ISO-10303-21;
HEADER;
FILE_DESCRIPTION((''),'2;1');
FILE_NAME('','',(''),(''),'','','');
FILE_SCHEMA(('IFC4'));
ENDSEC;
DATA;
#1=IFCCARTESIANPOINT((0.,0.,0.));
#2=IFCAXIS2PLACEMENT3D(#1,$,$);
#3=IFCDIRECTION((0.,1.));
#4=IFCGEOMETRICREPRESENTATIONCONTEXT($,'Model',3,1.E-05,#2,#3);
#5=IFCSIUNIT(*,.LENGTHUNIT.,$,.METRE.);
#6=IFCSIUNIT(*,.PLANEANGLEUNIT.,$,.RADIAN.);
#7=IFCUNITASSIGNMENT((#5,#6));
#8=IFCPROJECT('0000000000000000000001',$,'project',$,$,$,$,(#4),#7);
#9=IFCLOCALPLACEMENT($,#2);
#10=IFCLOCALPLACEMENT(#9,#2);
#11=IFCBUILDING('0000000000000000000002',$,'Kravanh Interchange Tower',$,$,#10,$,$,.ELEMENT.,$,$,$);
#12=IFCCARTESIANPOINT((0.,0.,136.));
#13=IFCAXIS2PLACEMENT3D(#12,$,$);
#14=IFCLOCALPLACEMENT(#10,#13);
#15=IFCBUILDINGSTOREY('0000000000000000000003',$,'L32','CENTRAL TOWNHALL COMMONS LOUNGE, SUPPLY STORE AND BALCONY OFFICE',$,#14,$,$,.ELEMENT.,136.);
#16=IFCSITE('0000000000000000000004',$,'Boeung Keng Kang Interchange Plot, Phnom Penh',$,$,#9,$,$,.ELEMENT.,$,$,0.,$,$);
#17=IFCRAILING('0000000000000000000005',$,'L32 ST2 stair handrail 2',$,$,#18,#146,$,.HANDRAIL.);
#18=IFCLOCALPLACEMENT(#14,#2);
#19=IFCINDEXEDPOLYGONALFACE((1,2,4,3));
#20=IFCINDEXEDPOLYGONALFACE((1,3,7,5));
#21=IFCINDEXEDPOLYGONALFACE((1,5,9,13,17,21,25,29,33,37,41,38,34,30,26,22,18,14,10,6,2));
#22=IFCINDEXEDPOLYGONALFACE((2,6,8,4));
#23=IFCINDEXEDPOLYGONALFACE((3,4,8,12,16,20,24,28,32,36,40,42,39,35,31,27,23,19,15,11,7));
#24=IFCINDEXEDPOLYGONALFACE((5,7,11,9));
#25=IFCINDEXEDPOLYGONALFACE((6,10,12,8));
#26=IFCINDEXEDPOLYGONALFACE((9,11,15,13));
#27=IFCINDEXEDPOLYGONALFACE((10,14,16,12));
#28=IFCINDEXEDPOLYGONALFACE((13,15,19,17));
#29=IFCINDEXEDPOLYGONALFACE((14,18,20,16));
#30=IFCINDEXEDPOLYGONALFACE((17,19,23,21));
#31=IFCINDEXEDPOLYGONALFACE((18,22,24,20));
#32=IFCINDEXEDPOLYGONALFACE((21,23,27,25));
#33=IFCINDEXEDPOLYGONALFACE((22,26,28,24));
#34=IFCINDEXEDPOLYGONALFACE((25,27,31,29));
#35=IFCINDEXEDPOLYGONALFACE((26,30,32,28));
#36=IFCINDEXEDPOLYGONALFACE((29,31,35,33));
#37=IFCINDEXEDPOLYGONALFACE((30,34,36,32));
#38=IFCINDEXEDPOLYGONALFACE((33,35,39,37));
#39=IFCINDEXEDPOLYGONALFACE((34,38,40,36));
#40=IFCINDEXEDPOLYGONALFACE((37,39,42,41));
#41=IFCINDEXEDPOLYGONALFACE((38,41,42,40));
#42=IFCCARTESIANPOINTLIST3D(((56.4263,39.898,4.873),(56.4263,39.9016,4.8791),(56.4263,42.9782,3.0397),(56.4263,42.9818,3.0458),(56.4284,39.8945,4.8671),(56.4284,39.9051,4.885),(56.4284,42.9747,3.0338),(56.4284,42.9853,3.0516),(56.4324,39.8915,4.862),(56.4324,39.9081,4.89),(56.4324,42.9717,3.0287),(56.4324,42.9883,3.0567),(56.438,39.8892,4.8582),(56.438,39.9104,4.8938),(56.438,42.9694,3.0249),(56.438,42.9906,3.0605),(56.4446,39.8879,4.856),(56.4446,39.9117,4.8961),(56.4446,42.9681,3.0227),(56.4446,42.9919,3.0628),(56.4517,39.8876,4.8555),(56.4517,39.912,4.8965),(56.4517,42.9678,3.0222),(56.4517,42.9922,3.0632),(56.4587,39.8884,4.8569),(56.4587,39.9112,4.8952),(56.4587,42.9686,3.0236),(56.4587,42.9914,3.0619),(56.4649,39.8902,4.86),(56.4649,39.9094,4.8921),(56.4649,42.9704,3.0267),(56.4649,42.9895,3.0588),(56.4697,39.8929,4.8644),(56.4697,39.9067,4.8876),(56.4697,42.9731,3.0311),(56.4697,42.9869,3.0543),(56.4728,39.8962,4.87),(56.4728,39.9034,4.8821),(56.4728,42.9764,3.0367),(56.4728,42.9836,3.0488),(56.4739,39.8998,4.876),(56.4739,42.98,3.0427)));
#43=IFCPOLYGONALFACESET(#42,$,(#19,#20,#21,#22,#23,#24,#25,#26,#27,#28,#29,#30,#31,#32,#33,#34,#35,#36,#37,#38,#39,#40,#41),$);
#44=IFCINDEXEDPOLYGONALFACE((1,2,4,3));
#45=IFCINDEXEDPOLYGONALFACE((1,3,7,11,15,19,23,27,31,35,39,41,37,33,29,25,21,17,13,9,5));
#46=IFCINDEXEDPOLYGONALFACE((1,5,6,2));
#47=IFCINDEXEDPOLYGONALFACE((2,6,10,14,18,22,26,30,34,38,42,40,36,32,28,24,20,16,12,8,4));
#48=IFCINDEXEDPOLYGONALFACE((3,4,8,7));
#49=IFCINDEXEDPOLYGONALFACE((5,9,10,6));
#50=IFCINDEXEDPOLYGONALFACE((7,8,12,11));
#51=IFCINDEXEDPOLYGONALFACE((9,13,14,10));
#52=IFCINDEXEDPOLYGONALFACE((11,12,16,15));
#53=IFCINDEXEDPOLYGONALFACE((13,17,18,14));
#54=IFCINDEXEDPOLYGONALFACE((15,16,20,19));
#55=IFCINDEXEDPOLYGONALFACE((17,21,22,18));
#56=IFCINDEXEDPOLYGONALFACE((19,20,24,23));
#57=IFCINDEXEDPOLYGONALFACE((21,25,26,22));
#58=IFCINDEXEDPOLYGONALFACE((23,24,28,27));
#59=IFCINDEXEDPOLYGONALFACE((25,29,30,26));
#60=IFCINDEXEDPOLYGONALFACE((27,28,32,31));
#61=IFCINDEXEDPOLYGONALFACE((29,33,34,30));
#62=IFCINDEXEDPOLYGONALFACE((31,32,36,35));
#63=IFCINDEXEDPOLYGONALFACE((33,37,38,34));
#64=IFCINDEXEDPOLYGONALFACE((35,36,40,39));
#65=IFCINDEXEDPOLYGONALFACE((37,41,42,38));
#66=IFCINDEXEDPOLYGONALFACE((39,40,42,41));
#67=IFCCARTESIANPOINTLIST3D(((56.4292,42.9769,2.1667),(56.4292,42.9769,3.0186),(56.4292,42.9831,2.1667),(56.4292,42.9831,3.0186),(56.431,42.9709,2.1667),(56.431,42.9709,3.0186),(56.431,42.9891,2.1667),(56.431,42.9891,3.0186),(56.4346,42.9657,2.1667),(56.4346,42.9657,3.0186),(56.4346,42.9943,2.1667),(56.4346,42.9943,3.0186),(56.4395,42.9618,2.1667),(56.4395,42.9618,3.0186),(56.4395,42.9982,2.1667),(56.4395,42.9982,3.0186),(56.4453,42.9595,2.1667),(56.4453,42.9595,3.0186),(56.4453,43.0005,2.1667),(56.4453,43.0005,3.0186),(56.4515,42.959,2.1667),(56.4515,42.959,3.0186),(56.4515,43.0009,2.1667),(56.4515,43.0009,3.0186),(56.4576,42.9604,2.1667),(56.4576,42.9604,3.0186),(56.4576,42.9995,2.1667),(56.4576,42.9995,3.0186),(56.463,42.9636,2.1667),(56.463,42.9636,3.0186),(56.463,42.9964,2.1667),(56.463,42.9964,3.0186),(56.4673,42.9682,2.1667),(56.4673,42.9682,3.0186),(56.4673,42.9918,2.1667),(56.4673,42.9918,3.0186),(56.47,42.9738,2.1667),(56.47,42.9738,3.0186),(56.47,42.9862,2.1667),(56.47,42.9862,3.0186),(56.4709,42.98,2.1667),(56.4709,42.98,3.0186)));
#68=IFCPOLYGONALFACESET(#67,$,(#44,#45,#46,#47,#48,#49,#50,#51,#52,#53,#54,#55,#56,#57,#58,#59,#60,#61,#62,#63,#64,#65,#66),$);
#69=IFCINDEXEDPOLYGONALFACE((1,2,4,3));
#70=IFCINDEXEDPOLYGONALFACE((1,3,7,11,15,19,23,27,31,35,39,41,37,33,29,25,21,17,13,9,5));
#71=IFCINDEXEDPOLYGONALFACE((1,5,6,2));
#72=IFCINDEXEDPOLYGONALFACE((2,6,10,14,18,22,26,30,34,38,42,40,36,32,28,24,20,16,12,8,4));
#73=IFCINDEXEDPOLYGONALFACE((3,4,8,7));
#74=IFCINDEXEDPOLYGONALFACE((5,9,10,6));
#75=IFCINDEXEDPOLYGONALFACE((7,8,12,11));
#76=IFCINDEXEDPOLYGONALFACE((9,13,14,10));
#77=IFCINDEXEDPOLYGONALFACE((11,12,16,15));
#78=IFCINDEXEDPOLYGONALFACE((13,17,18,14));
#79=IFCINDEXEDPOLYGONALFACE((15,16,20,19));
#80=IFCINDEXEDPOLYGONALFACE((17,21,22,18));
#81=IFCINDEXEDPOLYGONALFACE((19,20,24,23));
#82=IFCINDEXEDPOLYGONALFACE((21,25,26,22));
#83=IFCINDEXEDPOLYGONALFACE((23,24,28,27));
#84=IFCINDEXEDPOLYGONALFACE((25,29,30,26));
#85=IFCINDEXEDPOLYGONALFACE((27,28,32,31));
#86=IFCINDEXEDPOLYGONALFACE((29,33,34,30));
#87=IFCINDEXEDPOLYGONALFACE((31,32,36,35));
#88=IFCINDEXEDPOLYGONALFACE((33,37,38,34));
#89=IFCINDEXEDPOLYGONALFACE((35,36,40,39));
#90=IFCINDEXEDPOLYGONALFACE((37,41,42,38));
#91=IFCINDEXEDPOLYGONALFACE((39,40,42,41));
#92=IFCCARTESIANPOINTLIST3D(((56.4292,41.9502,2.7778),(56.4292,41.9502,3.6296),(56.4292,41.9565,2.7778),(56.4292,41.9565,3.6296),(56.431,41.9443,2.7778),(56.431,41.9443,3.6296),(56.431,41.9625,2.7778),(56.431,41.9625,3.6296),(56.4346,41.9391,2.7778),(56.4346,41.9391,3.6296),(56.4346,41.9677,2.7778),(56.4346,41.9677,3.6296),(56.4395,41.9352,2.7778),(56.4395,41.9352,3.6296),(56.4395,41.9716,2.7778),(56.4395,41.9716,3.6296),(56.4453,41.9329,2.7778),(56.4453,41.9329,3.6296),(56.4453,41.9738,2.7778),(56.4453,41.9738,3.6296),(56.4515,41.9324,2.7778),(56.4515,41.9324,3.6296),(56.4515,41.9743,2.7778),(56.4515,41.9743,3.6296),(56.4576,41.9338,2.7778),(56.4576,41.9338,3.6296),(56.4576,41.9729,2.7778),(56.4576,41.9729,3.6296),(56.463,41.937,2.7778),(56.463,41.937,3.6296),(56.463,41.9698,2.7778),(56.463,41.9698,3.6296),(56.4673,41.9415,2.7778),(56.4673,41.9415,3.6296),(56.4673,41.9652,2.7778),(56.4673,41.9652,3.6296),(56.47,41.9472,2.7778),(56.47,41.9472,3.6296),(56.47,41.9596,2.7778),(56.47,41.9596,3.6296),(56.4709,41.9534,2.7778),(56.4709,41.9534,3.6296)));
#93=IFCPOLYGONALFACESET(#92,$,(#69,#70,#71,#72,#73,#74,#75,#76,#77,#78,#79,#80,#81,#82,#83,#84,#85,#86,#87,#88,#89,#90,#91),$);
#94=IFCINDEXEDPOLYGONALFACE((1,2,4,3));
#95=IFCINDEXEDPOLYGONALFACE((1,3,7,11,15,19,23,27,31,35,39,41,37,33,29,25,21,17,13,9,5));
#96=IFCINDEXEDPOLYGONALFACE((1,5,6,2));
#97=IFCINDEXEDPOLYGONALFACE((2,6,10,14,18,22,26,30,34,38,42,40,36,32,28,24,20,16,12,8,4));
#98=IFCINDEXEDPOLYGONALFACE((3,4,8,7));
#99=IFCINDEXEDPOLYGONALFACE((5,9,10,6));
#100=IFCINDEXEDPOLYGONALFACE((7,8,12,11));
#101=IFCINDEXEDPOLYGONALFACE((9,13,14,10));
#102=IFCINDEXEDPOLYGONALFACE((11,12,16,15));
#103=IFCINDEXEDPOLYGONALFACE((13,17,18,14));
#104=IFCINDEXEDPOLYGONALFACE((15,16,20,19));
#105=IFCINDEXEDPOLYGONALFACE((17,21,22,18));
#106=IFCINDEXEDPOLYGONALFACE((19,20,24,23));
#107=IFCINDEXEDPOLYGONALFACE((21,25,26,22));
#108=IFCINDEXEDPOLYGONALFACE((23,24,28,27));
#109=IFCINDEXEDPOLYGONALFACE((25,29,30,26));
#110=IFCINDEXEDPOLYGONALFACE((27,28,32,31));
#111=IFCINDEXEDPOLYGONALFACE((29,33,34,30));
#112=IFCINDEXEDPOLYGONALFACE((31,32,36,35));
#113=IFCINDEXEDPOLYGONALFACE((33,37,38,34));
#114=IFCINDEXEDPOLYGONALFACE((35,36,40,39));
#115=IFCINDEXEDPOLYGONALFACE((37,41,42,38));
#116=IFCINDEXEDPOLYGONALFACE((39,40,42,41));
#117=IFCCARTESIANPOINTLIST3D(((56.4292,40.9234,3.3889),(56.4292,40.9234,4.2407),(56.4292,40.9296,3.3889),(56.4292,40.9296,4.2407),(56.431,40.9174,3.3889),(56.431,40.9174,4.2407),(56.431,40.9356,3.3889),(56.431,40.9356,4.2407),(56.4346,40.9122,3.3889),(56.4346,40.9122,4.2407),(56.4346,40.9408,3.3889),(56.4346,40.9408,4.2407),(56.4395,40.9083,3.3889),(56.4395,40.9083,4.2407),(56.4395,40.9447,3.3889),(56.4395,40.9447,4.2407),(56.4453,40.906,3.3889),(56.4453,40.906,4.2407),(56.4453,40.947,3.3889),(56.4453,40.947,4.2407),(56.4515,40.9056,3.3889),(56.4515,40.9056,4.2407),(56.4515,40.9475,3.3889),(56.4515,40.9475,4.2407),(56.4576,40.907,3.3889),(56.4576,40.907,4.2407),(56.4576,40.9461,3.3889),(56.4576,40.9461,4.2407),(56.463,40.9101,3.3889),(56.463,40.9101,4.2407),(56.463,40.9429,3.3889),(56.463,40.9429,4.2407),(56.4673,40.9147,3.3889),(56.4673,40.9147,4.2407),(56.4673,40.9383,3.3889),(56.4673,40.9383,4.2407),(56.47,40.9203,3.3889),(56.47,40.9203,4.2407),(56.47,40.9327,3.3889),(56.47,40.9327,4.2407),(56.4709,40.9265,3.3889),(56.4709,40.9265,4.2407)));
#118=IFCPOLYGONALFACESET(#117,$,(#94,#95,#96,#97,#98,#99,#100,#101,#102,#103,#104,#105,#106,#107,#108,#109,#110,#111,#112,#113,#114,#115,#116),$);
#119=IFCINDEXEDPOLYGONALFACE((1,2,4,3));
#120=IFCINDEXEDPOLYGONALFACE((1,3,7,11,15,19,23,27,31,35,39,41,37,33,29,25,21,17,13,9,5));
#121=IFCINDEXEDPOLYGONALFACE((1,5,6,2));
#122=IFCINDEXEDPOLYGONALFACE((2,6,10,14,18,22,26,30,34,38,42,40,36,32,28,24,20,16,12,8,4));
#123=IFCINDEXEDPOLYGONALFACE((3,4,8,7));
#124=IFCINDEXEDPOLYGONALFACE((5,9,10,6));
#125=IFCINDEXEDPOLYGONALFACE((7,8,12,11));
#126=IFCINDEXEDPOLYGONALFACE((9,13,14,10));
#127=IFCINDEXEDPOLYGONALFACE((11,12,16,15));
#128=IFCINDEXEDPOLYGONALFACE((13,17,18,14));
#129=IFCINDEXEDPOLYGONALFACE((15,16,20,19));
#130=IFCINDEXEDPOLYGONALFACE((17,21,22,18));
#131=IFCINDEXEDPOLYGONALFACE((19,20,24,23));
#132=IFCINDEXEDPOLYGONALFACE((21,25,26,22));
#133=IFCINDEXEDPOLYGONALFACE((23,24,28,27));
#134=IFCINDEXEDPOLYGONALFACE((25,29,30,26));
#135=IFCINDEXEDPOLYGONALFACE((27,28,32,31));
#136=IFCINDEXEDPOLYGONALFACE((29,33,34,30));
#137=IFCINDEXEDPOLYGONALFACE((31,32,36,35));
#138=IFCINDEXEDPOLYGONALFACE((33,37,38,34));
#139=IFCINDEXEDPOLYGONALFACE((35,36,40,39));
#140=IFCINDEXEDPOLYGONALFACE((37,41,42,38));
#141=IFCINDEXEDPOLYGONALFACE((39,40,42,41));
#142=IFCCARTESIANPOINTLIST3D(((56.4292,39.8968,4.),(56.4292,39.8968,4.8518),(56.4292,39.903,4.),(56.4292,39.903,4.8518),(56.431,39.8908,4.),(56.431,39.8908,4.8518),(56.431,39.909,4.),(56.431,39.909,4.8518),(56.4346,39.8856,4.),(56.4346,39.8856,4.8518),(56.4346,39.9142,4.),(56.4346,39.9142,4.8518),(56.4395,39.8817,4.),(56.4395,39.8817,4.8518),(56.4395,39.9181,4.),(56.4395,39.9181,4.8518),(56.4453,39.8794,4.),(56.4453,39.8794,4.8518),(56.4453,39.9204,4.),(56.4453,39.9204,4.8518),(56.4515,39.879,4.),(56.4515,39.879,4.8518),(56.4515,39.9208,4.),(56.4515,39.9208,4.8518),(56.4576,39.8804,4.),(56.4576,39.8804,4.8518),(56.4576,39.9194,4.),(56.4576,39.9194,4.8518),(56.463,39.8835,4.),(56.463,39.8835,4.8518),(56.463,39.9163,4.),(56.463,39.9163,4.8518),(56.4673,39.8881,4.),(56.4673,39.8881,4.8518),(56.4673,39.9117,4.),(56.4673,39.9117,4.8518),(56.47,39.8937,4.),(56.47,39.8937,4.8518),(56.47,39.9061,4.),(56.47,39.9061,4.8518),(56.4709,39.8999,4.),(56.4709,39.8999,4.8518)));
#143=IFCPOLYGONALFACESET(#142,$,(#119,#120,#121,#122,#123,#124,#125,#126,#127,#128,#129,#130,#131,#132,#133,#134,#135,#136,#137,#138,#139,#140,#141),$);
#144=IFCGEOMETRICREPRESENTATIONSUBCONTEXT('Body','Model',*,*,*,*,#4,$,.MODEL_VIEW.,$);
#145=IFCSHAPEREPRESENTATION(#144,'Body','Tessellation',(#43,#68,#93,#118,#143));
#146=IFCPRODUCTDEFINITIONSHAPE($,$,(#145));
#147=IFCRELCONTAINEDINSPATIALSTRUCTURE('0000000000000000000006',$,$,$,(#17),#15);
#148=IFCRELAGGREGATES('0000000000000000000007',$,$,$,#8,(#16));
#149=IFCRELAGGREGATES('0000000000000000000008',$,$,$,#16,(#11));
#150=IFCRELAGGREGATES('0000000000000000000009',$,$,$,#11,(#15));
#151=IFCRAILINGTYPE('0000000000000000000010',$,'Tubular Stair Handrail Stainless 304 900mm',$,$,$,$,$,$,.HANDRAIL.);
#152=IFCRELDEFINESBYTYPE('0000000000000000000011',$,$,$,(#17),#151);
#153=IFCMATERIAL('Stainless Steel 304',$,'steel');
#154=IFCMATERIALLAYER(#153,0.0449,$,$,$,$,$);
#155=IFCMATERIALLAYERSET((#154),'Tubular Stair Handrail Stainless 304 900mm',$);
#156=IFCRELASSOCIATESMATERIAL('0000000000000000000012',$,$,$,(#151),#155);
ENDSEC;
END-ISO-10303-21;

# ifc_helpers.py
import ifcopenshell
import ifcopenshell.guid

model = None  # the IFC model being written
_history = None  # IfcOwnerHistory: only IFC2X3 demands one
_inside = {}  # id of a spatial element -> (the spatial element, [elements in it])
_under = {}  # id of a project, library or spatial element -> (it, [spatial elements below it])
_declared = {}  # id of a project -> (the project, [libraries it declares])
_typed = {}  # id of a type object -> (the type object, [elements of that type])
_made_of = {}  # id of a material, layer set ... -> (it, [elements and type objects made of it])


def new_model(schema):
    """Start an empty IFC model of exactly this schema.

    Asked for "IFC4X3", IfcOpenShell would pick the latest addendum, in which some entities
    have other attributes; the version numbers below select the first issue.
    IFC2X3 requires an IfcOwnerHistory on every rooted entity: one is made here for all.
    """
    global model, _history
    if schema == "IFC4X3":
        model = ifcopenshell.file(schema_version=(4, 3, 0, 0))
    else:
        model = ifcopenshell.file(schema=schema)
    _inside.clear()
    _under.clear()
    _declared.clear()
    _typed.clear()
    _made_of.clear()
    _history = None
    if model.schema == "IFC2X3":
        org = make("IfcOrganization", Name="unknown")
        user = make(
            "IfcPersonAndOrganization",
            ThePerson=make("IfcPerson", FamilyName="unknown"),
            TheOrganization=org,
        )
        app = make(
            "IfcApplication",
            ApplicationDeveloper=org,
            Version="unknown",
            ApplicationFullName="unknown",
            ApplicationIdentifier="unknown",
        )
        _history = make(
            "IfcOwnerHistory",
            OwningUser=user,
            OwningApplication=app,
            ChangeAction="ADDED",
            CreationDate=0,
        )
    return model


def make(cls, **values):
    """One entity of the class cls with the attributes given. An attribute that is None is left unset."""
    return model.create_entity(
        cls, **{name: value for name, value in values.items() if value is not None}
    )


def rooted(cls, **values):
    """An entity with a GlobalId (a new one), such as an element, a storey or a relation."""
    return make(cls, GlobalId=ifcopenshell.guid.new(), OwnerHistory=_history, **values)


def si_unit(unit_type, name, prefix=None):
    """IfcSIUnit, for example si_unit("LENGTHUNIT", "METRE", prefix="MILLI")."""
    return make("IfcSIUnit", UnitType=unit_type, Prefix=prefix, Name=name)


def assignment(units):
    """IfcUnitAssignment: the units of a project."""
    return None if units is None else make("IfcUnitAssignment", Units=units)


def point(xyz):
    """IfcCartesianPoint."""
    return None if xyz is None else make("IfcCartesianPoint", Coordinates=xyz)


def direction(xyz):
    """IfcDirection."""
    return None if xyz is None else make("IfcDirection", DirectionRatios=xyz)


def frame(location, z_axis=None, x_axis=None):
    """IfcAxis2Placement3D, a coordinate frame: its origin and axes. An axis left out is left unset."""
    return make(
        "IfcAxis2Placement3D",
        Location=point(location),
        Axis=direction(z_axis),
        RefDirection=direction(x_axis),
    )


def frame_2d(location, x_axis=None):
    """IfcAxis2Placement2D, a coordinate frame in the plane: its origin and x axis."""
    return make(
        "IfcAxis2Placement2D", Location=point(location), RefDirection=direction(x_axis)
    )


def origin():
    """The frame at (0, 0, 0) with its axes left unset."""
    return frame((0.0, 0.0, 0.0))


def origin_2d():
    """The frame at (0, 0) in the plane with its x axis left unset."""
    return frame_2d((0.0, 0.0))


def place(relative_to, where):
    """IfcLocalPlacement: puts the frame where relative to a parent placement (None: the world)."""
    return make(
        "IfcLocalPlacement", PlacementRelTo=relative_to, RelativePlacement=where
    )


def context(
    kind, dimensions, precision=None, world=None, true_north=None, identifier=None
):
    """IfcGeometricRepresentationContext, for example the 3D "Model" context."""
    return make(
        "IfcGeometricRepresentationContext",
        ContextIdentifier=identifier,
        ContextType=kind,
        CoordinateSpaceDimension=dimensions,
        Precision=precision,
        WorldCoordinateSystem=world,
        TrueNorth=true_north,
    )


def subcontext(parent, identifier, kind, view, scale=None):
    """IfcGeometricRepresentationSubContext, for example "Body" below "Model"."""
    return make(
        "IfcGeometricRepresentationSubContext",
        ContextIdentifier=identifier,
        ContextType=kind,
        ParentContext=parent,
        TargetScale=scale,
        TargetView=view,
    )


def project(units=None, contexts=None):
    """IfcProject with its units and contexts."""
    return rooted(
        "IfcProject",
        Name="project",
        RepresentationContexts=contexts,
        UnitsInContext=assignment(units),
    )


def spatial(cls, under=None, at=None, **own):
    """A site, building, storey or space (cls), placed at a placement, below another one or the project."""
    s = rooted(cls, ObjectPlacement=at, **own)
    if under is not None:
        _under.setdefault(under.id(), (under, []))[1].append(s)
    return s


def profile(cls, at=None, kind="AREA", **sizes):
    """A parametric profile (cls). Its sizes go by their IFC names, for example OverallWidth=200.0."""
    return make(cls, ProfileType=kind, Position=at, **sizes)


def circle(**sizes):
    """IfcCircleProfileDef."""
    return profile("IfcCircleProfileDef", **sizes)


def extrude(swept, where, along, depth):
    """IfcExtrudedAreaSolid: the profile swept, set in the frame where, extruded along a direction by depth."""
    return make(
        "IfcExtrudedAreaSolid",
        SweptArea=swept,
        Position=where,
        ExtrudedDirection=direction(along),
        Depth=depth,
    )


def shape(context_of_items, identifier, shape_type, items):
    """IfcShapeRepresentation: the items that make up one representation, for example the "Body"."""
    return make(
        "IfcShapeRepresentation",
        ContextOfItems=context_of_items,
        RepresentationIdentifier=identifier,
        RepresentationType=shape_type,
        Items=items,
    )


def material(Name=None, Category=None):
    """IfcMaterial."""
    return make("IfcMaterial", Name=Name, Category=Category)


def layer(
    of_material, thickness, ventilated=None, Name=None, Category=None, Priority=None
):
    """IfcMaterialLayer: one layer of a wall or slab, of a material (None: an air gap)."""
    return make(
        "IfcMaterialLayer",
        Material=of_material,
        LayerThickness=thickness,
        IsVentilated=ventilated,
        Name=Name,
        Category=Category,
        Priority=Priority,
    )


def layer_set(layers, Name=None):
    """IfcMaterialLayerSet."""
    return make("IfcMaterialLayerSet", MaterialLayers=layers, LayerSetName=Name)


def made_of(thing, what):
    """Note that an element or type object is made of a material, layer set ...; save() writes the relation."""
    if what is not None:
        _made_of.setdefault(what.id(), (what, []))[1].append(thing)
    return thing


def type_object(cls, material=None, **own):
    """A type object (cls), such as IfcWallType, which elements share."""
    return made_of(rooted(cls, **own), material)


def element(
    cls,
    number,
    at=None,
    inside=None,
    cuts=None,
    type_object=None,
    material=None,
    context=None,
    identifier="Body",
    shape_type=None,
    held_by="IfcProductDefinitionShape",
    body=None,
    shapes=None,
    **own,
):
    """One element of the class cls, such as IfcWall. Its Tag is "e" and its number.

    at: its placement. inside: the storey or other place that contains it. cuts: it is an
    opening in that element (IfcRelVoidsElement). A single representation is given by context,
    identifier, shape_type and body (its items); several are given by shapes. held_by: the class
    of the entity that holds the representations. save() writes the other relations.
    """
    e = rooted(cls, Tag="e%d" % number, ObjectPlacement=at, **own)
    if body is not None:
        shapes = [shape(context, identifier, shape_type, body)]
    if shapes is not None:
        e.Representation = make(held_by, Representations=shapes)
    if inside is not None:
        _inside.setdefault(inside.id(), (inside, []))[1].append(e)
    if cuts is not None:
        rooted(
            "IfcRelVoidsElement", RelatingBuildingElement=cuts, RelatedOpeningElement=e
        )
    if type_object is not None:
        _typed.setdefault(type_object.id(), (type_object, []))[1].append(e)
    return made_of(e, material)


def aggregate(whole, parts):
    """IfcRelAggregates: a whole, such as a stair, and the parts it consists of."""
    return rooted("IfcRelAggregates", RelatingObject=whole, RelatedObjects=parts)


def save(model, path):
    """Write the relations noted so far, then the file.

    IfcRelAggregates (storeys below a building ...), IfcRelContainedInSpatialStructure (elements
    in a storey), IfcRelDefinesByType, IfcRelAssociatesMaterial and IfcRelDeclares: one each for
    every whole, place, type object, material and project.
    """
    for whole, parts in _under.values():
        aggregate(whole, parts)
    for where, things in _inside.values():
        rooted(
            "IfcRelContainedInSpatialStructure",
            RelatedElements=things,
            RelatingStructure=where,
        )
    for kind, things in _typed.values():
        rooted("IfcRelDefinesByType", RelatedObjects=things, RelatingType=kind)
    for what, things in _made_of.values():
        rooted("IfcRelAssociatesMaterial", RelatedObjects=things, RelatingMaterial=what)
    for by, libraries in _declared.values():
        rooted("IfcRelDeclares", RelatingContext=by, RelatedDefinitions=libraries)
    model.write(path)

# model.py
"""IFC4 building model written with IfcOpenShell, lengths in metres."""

from ifc_helpers import new_model, si_unit, direction, frame, origin, origin_2d, place, context, subcontext, project, spatial, circle, extrude, material, layer, layer_set, type_object, element, save


model = new_model("IFC4")

# Units and contexts
model_context = context("Model", 3, precision=1e-05, world=origin(), true_north=direction((0.0, 1.0)))
body_context = subcontext(model_context, "Body", "Model", "MODEL_VIEW")
ifc_project = project(units=[si_unit("LENGTHUNIT", "METRE"), si_unit("PLANEANGLEUNIT", "RADIAN")], contexts=[model_context])

# Site, building, storey
site_placement = place(None, origin())
site = spatial("IfcSite", under=ifc_project, at=site_placement, Name="Boeung Keng Kang Interchange Plot, Phnom Penh", CompositionType="ELEMENT", RefElevation=0.0)
building_placement = place(site_placement, origin())
building = spatial("IfcBuilding", under=site, at=building_placement, Name="Kravanh Interchange Tower", CompositionType="ELEMENT")
storey_placement = place(building_placement, frame((0.0, 0.0, 136.0)))
storey = spatial("IfcBuildingStorey", under=building, at=storey_placement, Name="L32", Description="CENTRAL TOWNHALL COMMONS LOUNGE, SUPPLY STORE AND BALCONY OFFICE", CompositionType="ELEMENT", Elevation=136.0)

# Railing
ifc_material_1 = material(Name="Stainless Steel 304", Category="steel")
ifc_layer_1 = layer(ifc_material_1, 0.0449)
ifc_layer_set_1 = layer_set([ifc_layer_1], Name="Tubular Stair Handrail Stainless 304 900mm")
railing_type_1 = type_object("IfcRailingType", Name="Tubular Stair Handrail Stainless 304 900mm", PredefinedType="HANDRAIL", material=ifc_layer_set_1)
railing_1_placement = place(storey_placement, frame((56.45, 42.98, 2.1667)))
element("IfcRailing", 1, at=railing_1_placement, inside=storey, type_object=railing_type_1, Name="L32 ST2 stair handrail 2", PredefinedType="HANDRAIL", context=body_context, shape_type="SweptSolid", body=[
    extrude(circle(Radius=0.0239, at=origin_2d()), frame((0.0, 0.0, 0.876), z_axis=(0.0, -0.859309, 0.511458), x_axis=(1.0, 0.0, 0.0)), (0.0, 0.0, 1.0), 3.5845),
    extrude(circle(Radius=0.021, at=origin_2d()), origin(), (0.0, 0.0, 1.0), 0.8518),
    extrude(circle(Radius=0.021, at=origin_2d()), frame((0.0, -1.0266, 0.6111)), (0.0, 0.0, 1.0), 0.8518),
    extrude(circle(Radius=0.021, at=origin_2d()), frame((0.0, -2.0535, 1.2222)), (0.0, 0.0, 1.0), 0.8518),
    extrude(circle(Radius=0.021, at=origin_2d()), frame((0.0, -3.0801, 1.8333)), (0.0, 0.0, 1.0), 0.8518),
])

save(model, "model.ifc")
